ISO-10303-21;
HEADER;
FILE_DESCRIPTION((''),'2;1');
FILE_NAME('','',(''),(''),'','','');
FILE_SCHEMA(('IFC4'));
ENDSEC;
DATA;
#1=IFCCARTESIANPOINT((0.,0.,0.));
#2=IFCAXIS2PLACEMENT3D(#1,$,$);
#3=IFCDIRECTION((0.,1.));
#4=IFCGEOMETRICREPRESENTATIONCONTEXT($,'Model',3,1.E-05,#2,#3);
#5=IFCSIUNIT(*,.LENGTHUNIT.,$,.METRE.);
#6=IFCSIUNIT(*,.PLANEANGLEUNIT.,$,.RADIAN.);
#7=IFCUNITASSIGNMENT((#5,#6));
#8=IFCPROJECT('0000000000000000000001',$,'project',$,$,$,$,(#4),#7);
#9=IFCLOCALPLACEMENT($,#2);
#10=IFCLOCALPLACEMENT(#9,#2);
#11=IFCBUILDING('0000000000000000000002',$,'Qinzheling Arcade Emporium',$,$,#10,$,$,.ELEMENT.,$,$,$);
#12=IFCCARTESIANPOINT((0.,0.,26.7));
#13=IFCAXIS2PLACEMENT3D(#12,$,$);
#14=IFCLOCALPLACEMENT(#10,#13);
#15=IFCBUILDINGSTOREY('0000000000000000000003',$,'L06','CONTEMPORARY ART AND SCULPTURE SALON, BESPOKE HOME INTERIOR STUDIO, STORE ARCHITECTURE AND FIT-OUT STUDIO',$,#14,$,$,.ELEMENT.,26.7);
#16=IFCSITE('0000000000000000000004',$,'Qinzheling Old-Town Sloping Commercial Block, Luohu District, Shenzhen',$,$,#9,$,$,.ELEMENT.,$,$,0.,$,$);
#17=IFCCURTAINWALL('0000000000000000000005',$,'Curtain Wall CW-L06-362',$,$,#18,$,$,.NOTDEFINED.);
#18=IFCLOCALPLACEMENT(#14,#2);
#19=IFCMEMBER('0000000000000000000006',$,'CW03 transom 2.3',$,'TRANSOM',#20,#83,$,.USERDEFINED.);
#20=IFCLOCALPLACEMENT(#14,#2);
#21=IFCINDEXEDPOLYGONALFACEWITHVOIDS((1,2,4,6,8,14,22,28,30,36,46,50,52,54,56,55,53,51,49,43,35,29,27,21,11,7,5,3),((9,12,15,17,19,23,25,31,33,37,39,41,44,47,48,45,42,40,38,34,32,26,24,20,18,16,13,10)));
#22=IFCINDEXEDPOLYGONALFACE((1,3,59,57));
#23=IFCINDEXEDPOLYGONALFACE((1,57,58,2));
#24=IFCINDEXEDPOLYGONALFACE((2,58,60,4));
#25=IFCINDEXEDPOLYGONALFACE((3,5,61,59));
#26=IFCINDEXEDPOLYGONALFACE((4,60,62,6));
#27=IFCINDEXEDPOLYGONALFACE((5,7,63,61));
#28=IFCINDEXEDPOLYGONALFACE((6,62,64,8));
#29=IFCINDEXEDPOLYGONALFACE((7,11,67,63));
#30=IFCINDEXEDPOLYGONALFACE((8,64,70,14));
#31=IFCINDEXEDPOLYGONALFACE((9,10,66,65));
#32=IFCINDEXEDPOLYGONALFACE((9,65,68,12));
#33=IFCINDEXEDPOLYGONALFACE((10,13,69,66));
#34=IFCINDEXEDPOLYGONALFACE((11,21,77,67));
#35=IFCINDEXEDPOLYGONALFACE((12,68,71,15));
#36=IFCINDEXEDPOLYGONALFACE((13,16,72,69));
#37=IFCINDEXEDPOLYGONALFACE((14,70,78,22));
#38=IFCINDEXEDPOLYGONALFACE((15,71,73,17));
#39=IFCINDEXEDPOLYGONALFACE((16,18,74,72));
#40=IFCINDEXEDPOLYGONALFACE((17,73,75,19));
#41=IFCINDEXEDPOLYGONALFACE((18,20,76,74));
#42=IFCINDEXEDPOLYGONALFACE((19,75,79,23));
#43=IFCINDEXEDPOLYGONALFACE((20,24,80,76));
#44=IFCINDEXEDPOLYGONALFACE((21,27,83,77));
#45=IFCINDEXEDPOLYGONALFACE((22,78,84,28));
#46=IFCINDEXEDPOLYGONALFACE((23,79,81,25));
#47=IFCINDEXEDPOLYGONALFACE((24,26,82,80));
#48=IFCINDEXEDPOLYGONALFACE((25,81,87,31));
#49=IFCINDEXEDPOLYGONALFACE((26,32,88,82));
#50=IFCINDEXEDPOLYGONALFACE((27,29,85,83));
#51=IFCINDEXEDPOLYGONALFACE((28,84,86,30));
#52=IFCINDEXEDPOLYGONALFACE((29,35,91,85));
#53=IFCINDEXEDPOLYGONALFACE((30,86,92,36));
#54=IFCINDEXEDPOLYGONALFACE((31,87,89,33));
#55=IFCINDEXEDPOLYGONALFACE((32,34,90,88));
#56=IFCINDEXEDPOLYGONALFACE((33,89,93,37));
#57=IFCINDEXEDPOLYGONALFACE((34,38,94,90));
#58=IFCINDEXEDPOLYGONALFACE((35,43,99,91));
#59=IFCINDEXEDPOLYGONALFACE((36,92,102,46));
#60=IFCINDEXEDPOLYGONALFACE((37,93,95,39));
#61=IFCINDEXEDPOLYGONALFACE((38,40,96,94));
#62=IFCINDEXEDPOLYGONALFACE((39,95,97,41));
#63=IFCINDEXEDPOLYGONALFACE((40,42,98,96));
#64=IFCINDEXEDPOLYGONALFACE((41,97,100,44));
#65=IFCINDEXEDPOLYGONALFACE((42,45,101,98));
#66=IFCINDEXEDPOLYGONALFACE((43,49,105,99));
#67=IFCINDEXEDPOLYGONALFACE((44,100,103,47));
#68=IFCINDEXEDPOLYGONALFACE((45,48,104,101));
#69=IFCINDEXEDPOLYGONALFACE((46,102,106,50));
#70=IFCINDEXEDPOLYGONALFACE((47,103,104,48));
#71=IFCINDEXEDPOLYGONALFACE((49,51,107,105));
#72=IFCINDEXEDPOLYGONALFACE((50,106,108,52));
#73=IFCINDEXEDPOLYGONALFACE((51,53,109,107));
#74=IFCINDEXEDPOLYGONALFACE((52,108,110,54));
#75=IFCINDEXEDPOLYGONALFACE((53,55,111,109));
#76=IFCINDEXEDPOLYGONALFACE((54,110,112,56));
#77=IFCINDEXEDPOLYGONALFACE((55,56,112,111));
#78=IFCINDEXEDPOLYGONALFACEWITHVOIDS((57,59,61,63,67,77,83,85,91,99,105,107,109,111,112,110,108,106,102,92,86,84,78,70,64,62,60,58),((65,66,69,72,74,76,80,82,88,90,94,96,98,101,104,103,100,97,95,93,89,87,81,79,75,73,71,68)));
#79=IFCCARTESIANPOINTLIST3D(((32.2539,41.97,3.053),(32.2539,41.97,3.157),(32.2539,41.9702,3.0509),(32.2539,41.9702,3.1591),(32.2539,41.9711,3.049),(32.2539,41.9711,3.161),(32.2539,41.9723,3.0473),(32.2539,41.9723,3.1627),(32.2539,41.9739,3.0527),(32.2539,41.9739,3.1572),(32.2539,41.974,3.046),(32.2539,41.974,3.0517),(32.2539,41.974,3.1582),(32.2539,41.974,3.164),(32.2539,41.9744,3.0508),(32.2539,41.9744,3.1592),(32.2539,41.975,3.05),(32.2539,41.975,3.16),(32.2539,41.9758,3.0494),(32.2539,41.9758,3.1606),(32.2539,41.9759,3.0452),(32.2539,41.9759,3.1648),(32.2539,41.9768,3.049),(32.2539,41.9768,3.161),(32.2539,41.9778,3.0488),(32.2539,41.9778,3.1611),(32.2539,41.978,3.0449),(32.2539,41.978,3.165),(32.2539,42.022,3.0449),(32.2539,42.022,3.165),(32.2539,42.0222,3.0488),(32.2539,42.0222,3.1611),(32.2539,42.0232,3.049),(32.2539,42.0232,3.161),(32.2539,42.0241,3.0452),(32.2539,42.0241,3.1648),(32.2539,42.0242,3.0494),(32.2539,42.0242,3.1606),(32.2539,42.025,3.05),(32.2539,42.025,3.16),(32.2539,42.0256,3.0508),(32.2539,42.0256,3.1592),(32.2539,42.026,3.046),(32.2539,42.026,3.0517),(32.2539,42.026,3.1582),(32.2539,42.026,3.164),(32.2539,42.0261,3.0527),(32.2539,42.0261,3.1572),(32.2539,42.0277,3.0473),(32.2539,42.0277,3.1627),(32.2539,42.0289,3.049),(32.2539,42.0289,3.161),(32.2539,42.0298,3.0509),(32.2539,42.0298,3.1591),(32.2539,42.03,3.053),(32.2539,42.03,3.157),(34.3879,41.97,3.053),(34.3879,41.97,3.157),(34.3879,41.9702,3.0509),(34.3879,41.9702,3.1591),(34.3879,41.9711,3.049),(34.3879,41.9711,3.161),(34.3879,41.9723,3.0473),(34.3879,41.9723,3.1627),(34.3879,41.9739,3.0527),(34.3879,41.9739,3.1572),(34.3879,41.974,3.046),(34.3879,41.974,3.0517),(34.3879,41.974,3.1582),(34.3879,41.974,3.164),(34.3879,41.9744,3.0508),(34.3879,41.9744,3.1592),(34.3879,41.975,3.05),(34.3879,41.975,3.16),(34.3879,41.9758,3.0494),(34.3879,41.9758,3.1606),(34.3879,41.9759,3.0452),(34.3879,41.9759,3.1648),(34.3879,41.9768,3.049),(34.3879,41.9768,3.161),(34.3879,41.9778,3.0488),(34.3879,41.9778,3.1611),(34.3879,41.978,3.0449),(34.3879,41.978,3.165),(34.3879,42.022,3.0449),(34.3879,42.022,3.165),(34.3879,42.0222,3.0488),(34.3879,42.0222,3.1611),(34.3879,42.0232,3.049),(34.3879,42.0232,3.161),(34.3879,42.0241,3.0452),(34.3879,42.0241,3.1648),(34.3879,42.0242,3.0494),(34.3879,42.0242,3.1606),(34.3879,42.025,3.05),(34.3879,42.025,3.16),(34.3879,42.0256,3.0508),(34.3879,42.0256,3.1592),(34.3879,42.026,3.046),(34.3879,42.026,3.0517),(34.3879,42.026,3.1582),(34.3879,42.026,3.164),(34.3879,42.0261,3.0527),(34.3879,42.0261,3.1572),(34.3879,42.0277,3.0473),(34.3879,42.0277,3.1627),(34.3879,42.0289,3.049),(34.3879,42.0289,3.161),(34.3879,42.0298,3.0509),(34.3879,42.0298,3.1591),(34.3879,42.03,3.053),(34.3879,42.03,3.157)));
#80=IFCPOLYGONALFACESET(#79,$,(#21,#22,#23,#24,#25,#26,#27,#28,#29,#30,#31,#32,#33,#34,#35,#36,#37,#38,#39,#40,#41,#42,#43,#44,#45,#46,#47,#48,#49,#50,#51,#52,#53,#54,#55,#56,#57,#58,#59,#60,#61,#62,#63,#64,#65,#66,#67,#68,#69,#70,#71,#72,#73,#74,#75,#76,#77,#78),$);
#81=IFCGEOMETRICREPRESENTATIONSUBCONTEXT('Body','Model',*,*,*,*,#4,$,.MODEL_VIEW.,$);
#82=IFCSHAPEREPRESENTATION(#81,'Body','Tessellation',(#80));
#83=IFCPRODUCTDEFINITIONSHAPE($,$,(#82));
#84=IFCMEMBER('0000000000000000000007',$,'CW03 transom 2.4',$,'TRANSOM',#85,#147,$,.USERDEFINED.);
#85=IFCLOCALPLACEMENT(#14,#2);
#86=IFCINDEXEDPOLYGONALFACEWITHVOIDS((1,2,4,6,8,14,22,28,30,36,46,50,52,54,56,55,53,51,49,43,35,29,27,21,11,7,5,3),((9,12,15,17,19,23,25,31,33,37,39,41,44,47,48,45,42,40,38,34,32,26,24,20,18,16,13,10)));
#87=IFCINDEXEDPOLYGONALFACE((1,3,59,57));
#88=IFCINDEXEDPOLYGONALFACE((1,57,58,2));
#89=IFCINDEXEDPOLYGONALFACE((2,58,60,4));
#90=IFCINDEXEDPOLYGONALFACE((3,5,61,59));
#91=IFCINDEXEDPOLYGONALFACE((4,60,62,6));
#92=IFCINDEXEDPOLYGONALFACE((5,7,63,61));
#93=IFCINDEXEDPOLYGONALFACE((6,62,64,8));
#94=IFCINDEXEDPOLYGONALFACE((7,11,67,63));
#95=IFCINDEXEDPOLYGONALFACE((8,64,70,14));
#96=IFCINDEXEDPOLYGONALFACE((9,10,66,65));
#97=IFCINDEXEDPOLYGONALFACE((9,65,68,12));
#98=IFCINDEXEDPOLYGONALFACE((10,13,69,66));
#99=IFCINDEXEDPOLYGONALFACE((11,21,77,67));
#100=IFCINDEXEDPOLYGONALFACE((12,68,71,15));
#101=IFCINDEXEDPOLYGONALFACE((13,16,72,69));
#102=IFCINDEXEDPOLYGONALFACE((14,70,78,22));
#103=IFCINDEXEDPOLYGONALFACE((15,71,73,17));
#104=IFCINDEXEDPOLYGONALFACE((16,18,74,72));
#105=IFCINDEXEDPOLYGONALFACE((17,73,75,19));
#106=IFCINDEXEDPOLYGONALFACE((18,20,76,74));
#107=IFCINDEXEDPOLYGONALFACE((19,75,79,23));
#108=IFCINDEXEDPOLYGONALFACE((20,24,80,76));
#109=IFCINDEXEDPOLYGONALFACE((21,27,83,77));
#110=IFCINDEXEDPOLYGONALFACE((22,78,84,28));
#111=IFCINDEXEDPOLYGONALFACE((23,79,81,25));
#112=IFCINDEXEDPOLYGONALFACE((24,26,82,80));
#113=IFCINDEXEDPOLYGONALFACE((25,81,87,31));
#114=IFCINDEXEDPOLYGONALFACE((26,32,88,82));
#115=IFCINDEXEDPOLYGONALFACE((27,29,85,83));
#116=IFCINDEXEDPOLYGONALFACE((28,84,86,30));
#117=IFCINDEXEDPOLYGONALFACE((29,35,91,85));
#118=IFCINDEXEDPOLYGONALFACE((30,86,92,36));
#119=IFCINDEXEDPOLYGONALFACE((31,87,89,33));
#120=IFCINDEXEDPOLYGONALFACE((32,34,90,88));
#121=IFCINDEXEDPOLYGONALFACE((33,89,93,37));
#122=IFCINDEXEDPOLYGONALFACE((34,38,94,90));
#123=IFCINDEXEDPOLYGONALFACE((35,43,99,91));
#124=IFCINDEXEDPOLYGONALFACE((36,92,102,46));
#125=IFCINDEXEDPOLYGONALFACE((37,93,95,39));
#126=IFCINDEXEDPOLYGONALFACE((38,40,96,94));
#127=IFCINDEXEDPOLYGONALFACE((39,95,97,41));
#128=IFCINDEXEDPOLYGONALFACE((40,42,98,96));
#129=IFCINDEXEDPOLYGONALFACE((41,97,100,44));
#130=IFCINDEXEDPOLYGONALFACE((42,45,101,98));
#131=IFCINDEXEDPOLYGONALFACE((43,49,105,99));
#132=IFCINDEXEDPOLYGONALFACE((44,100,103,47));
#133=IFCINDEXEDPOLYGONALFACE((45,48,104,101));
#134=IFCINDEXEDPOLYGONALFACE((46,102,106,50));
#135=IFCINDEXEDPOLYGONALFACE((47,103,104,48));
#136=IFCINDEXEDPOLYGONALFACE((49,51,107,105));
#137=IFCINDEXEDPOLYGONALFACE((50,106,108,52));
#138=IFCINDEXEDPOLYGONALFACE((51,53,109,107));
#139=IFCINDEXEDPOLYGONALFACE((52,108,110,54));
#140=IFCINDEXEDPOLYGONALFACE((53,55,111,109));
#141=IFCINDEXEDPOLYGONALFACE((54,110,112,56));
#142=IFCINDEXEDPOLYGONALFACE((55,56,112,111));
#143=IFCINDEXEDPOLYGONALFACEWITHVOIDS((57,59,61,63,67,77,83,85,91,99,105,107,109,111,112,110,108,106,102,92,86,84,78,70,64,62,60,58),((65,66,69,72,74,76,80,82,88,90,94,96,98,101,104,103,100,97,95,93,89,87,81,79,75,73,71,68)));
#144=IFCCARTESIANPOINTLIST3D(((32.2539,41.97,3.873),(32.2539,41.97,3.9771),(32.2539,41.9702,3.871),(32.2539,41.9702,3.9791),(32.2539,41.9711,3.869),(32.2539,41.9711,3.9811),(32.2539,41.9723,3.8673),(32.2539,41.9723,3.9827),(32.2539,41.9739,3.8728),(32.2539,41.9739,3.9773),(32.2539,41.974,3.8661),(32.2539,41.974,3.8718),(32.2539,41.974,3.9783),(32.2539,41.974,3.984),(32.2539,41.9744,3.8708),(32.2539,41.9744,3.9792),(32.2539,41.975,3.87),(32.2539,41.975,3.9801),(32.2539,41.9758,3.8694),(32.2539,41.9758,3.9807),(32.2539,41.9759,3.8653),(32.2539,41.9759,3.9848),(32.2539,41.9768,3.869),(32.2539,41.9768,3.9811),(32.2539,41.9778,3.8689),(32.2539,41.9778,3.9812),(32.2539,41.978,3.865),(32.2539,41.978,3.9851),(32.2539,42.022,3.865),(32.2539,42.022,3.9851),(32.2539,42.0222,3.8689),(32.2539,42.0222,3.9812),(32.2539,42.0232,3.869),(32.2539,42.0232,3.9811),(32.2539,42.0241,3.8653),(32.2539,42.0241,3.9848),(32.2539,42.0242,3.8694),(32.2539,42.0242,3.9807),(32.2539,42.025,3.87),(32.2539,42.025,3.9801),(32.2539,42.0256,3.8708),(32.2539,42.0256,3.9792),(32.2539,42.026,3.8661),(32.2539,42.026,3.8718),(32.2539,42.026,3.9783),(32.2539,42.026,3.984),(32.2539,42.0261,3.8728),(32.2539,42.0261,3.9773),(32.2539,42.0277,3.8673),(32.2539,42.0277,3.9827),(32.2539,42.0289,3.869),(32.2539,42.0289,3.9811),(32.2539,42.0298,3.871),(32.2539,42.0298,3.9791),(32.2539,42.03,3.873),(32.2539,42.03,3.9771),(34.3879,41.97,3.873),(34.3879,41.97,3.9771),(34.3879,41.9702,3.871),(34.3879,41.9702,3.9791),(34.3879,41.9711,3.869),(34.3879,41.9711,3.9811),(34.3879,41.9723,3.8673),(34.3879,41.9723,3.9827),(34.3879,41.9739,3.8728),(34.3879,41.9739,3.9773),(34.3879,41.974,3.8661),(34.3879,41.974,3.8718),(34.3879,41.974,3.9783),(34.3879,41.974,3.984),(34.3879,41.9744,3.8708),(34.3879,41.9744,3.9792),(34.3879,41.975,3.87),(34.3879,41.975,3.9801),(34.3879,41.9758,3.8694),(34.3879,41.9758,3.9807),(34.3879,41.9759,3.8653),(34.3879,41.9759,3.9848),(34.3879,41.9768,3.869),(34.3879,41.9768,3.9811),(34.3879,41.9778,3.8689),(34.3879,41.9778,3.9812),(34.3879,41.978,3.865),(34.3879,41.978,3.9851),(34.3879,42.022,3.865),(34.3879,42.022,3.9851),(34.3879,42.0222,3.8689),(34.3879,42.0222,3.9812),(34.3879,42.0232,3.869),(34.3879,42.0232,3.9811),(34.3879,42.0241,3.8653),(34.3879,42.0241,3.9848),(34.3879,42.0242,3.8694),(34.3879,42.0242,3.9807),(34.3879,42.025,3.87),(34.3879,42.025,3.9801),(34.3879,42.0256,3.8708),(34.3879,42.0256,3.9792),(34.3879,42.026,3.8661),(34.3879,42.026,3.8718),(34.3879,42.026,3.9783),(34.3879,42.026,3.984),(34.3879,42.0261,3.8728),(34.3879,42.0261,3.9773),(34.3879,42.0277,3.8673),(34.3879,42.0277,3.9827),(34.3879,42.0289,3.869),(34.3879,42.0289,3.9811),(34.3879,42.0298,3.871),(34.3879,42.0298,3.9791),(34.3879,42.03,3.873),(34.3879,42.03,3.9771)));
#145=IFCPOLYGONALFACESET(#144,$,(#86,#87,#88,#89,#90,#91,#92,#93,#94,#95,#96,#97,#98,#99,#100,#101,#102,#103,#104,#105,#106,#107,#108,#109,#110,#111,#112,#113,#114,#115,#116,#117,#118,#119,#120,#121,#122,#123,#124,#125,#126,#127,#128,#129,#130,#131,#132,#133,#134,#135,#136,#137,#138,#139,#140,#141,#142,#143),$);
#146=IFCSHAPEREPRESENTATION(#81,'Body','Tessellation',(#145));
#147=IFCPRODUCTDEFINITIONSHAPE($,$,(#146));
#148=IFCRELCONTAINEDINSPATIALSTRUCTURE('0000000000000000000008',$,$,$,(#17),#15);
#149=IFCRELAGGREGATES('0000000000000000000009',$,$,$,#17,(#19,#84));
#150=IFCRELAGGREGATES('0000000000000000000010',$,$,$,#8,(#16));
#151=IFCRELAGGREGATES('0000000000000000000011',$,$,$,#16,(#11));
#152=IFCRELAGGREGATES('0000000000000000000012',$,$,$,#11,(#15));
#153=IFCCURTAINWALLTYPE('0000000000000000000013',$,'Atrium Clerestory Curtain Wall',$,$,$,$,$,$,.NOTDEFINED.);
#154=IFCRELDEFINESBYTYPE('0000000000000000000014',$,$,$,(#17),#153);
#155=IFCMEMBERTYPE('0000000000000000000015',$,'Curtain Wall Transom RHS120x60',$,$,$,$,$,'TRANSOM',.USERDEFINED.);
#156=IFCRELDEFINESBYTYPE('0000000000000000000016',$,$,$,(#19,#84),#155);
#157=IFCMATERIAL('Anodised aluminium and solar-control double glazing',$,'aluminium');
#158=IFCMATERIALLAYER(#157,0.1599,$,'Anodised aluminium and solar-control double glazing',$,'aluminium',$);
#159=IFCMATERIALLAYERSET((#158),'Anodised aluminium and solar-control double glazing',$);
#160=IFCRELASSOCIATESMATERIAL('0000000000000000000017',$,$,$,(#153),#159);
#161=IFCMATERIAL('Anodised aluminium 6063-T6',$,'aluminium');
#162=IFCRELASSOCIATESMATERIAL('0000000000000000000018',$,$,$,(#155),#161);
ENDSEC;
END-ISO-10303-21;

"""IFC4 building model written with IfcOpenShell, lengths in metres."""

from ifc_helpers import new_model, si_unit, direction, frame, origin, origin_2d, place, context, subcontext, project, spatial, hollow_rectangle, extrude, material, layer, layer_set, material_profile, profile_set, type_object, element, aggregate, save


model = new_model("IFC4")

# Units and contexts
model_context = context("Model", 3, precision=1e-05, world=origin(), true_north=direction((0.0, 1.0)))
body_context = subcontext(model_context, "Body", "Model", "MODEL_VIEW")
ifc_project = project(units=[si_unit("LENGTHUNIT", "METRE"), si_unit("PLANEANGLEUNIT", "RADIAN")], contexts=[model_context])

# Site, building, storey
site_placement = place(None, origin())
site = spatial("IfcSite", under=ifc_project, at=site_placement, Name="Qinzheling Old-Town Sloping Commercial Block, Luohu District, Shenzhen", CompositionType="ELEMENT", RefElevation=0.0)
building_placement = place(site_placement, origin())
building = spatial("IfcBuilding", under=site, at=building_placement, Name="Qinzheling Arcade Emporium", CompositionType="ELEMENT")
storey_placement = place(building_placement, frame((0.0, 0.0, 26.7)))
storey = spatial("IfcBuildingStorey", under=building, at=storey_placement, Name="L06", Description="CONTEMPORARY ART AND SCULPTURE SALON, BESPOKE HOME INTERIOR STUDIO, STORE ARCHITECTURE AND FIT-OUT STUDIO", CompositionType="ELEMENT", Elevation=26.7)

# Curtain wall
ifc_material_1 = material(Name="Anodised aluminium and solar-control double glazing", Category="aluminium")
ifc_layer_1 = layer(ifc_material_1, 0.1599, Name="Anodised aluminium and solar-control double glazing", Category="aluminium")
ifc_layer_set_1 = layer_set([ifc_layer_1], Name="Anodised aluminium and solar-control double glazing")
curtain_wall_type = type_object("IfcCurtainWallType", Name="Atrium Clerestory Curtain Wall", PredefinedType="NOTDEFINED", material=ifc_layer_set_1)
curtain_wall_1_placement = place(storey_placement, origin())
curtain_wall_1 = element("IfcCurtainWall", 1, at=curtain_wall_1_placement, inside=storey, type_object=curtain_wall_type, Name="Curtain Wall CW-L06-362", PredefinedType="NOTDEFINED")
ifc_material_2 = material(Name="Anodised aluminium 6063-T6", Category="aluminium")

# Members
ifc_material_profile_1 = material_profile(ifc_material_2, hollow_rectangle(XDim=0.0601, YDim=0.1201, WallThickness=0.0039, InnerFilletRadius=0.0039, OuterFilletRadius=0.0081, at=origin_2d()), Name="RHS 120x60x4", Category="aluminium")
ifc_profile_set_1 = profile_set([ifc_material_profile_1], Name="Anodised aluminium 6063-T6")
member_type_1 = type_object("IfcMemberType", Name="Curtain Wall Transom RHS120x60", ElementType="TRANSOM", PredefinedType="USERDEFINED", material=ifc_profile_set_1)
member_1_placement = place(storey_placement, frame((32.2539, 42.0, 3.105), z_axis=(1.0, 0.0, 0.0), x_axis=(0.0, 1.0, 0.0)))
member_1 = element("IfcMember", 2, at=member_1_placement, type_object=member_type_1, Name="CW03 transom 2.3", ObjectType="TRANSOM", PredefinedType="USERDEFINED", context=body_context, shape_type="SweptSolid", body=[
    extrude(hollow_rectangle(XDim=0.0601, YDim=0.1201, WallThickness=0.0039, InnerFilletRadius=0.0039, OuterFilletRadius=0.0081, at=origin_2d()), origin(), (0.0, 0.0, 1.0), 2.134),
])
member_2_placement = place(storey_placement, frame((32.2539, 42.0, 3.925), z_axis=(1.0, 0.0, 0.0), x_axis=(0.0, 1.0, 0.0)))
member_2 = element("IfcMember", 3, at=member_2_placement, type_object=member_type_1, Name="CW03 transom 2.4", ObjectType="TRANSOM", PredefinedType="USERDEFINED", context=body_context, shape_type="SweptSolid", body=[
    extrude(hollow_rectangle(XDim=0.0601, YDim=0.1201, WallThickness=0.0039, InnerFilletRadius=0.0039, OuterFilletRadius=0.0081, at=origin_2d()), origin(), (0.0, 0.0, 1.0), 2.134),
])

aggregate(curtain_wall_1, [member_1, member_2])

save(model, "model.ifc")
